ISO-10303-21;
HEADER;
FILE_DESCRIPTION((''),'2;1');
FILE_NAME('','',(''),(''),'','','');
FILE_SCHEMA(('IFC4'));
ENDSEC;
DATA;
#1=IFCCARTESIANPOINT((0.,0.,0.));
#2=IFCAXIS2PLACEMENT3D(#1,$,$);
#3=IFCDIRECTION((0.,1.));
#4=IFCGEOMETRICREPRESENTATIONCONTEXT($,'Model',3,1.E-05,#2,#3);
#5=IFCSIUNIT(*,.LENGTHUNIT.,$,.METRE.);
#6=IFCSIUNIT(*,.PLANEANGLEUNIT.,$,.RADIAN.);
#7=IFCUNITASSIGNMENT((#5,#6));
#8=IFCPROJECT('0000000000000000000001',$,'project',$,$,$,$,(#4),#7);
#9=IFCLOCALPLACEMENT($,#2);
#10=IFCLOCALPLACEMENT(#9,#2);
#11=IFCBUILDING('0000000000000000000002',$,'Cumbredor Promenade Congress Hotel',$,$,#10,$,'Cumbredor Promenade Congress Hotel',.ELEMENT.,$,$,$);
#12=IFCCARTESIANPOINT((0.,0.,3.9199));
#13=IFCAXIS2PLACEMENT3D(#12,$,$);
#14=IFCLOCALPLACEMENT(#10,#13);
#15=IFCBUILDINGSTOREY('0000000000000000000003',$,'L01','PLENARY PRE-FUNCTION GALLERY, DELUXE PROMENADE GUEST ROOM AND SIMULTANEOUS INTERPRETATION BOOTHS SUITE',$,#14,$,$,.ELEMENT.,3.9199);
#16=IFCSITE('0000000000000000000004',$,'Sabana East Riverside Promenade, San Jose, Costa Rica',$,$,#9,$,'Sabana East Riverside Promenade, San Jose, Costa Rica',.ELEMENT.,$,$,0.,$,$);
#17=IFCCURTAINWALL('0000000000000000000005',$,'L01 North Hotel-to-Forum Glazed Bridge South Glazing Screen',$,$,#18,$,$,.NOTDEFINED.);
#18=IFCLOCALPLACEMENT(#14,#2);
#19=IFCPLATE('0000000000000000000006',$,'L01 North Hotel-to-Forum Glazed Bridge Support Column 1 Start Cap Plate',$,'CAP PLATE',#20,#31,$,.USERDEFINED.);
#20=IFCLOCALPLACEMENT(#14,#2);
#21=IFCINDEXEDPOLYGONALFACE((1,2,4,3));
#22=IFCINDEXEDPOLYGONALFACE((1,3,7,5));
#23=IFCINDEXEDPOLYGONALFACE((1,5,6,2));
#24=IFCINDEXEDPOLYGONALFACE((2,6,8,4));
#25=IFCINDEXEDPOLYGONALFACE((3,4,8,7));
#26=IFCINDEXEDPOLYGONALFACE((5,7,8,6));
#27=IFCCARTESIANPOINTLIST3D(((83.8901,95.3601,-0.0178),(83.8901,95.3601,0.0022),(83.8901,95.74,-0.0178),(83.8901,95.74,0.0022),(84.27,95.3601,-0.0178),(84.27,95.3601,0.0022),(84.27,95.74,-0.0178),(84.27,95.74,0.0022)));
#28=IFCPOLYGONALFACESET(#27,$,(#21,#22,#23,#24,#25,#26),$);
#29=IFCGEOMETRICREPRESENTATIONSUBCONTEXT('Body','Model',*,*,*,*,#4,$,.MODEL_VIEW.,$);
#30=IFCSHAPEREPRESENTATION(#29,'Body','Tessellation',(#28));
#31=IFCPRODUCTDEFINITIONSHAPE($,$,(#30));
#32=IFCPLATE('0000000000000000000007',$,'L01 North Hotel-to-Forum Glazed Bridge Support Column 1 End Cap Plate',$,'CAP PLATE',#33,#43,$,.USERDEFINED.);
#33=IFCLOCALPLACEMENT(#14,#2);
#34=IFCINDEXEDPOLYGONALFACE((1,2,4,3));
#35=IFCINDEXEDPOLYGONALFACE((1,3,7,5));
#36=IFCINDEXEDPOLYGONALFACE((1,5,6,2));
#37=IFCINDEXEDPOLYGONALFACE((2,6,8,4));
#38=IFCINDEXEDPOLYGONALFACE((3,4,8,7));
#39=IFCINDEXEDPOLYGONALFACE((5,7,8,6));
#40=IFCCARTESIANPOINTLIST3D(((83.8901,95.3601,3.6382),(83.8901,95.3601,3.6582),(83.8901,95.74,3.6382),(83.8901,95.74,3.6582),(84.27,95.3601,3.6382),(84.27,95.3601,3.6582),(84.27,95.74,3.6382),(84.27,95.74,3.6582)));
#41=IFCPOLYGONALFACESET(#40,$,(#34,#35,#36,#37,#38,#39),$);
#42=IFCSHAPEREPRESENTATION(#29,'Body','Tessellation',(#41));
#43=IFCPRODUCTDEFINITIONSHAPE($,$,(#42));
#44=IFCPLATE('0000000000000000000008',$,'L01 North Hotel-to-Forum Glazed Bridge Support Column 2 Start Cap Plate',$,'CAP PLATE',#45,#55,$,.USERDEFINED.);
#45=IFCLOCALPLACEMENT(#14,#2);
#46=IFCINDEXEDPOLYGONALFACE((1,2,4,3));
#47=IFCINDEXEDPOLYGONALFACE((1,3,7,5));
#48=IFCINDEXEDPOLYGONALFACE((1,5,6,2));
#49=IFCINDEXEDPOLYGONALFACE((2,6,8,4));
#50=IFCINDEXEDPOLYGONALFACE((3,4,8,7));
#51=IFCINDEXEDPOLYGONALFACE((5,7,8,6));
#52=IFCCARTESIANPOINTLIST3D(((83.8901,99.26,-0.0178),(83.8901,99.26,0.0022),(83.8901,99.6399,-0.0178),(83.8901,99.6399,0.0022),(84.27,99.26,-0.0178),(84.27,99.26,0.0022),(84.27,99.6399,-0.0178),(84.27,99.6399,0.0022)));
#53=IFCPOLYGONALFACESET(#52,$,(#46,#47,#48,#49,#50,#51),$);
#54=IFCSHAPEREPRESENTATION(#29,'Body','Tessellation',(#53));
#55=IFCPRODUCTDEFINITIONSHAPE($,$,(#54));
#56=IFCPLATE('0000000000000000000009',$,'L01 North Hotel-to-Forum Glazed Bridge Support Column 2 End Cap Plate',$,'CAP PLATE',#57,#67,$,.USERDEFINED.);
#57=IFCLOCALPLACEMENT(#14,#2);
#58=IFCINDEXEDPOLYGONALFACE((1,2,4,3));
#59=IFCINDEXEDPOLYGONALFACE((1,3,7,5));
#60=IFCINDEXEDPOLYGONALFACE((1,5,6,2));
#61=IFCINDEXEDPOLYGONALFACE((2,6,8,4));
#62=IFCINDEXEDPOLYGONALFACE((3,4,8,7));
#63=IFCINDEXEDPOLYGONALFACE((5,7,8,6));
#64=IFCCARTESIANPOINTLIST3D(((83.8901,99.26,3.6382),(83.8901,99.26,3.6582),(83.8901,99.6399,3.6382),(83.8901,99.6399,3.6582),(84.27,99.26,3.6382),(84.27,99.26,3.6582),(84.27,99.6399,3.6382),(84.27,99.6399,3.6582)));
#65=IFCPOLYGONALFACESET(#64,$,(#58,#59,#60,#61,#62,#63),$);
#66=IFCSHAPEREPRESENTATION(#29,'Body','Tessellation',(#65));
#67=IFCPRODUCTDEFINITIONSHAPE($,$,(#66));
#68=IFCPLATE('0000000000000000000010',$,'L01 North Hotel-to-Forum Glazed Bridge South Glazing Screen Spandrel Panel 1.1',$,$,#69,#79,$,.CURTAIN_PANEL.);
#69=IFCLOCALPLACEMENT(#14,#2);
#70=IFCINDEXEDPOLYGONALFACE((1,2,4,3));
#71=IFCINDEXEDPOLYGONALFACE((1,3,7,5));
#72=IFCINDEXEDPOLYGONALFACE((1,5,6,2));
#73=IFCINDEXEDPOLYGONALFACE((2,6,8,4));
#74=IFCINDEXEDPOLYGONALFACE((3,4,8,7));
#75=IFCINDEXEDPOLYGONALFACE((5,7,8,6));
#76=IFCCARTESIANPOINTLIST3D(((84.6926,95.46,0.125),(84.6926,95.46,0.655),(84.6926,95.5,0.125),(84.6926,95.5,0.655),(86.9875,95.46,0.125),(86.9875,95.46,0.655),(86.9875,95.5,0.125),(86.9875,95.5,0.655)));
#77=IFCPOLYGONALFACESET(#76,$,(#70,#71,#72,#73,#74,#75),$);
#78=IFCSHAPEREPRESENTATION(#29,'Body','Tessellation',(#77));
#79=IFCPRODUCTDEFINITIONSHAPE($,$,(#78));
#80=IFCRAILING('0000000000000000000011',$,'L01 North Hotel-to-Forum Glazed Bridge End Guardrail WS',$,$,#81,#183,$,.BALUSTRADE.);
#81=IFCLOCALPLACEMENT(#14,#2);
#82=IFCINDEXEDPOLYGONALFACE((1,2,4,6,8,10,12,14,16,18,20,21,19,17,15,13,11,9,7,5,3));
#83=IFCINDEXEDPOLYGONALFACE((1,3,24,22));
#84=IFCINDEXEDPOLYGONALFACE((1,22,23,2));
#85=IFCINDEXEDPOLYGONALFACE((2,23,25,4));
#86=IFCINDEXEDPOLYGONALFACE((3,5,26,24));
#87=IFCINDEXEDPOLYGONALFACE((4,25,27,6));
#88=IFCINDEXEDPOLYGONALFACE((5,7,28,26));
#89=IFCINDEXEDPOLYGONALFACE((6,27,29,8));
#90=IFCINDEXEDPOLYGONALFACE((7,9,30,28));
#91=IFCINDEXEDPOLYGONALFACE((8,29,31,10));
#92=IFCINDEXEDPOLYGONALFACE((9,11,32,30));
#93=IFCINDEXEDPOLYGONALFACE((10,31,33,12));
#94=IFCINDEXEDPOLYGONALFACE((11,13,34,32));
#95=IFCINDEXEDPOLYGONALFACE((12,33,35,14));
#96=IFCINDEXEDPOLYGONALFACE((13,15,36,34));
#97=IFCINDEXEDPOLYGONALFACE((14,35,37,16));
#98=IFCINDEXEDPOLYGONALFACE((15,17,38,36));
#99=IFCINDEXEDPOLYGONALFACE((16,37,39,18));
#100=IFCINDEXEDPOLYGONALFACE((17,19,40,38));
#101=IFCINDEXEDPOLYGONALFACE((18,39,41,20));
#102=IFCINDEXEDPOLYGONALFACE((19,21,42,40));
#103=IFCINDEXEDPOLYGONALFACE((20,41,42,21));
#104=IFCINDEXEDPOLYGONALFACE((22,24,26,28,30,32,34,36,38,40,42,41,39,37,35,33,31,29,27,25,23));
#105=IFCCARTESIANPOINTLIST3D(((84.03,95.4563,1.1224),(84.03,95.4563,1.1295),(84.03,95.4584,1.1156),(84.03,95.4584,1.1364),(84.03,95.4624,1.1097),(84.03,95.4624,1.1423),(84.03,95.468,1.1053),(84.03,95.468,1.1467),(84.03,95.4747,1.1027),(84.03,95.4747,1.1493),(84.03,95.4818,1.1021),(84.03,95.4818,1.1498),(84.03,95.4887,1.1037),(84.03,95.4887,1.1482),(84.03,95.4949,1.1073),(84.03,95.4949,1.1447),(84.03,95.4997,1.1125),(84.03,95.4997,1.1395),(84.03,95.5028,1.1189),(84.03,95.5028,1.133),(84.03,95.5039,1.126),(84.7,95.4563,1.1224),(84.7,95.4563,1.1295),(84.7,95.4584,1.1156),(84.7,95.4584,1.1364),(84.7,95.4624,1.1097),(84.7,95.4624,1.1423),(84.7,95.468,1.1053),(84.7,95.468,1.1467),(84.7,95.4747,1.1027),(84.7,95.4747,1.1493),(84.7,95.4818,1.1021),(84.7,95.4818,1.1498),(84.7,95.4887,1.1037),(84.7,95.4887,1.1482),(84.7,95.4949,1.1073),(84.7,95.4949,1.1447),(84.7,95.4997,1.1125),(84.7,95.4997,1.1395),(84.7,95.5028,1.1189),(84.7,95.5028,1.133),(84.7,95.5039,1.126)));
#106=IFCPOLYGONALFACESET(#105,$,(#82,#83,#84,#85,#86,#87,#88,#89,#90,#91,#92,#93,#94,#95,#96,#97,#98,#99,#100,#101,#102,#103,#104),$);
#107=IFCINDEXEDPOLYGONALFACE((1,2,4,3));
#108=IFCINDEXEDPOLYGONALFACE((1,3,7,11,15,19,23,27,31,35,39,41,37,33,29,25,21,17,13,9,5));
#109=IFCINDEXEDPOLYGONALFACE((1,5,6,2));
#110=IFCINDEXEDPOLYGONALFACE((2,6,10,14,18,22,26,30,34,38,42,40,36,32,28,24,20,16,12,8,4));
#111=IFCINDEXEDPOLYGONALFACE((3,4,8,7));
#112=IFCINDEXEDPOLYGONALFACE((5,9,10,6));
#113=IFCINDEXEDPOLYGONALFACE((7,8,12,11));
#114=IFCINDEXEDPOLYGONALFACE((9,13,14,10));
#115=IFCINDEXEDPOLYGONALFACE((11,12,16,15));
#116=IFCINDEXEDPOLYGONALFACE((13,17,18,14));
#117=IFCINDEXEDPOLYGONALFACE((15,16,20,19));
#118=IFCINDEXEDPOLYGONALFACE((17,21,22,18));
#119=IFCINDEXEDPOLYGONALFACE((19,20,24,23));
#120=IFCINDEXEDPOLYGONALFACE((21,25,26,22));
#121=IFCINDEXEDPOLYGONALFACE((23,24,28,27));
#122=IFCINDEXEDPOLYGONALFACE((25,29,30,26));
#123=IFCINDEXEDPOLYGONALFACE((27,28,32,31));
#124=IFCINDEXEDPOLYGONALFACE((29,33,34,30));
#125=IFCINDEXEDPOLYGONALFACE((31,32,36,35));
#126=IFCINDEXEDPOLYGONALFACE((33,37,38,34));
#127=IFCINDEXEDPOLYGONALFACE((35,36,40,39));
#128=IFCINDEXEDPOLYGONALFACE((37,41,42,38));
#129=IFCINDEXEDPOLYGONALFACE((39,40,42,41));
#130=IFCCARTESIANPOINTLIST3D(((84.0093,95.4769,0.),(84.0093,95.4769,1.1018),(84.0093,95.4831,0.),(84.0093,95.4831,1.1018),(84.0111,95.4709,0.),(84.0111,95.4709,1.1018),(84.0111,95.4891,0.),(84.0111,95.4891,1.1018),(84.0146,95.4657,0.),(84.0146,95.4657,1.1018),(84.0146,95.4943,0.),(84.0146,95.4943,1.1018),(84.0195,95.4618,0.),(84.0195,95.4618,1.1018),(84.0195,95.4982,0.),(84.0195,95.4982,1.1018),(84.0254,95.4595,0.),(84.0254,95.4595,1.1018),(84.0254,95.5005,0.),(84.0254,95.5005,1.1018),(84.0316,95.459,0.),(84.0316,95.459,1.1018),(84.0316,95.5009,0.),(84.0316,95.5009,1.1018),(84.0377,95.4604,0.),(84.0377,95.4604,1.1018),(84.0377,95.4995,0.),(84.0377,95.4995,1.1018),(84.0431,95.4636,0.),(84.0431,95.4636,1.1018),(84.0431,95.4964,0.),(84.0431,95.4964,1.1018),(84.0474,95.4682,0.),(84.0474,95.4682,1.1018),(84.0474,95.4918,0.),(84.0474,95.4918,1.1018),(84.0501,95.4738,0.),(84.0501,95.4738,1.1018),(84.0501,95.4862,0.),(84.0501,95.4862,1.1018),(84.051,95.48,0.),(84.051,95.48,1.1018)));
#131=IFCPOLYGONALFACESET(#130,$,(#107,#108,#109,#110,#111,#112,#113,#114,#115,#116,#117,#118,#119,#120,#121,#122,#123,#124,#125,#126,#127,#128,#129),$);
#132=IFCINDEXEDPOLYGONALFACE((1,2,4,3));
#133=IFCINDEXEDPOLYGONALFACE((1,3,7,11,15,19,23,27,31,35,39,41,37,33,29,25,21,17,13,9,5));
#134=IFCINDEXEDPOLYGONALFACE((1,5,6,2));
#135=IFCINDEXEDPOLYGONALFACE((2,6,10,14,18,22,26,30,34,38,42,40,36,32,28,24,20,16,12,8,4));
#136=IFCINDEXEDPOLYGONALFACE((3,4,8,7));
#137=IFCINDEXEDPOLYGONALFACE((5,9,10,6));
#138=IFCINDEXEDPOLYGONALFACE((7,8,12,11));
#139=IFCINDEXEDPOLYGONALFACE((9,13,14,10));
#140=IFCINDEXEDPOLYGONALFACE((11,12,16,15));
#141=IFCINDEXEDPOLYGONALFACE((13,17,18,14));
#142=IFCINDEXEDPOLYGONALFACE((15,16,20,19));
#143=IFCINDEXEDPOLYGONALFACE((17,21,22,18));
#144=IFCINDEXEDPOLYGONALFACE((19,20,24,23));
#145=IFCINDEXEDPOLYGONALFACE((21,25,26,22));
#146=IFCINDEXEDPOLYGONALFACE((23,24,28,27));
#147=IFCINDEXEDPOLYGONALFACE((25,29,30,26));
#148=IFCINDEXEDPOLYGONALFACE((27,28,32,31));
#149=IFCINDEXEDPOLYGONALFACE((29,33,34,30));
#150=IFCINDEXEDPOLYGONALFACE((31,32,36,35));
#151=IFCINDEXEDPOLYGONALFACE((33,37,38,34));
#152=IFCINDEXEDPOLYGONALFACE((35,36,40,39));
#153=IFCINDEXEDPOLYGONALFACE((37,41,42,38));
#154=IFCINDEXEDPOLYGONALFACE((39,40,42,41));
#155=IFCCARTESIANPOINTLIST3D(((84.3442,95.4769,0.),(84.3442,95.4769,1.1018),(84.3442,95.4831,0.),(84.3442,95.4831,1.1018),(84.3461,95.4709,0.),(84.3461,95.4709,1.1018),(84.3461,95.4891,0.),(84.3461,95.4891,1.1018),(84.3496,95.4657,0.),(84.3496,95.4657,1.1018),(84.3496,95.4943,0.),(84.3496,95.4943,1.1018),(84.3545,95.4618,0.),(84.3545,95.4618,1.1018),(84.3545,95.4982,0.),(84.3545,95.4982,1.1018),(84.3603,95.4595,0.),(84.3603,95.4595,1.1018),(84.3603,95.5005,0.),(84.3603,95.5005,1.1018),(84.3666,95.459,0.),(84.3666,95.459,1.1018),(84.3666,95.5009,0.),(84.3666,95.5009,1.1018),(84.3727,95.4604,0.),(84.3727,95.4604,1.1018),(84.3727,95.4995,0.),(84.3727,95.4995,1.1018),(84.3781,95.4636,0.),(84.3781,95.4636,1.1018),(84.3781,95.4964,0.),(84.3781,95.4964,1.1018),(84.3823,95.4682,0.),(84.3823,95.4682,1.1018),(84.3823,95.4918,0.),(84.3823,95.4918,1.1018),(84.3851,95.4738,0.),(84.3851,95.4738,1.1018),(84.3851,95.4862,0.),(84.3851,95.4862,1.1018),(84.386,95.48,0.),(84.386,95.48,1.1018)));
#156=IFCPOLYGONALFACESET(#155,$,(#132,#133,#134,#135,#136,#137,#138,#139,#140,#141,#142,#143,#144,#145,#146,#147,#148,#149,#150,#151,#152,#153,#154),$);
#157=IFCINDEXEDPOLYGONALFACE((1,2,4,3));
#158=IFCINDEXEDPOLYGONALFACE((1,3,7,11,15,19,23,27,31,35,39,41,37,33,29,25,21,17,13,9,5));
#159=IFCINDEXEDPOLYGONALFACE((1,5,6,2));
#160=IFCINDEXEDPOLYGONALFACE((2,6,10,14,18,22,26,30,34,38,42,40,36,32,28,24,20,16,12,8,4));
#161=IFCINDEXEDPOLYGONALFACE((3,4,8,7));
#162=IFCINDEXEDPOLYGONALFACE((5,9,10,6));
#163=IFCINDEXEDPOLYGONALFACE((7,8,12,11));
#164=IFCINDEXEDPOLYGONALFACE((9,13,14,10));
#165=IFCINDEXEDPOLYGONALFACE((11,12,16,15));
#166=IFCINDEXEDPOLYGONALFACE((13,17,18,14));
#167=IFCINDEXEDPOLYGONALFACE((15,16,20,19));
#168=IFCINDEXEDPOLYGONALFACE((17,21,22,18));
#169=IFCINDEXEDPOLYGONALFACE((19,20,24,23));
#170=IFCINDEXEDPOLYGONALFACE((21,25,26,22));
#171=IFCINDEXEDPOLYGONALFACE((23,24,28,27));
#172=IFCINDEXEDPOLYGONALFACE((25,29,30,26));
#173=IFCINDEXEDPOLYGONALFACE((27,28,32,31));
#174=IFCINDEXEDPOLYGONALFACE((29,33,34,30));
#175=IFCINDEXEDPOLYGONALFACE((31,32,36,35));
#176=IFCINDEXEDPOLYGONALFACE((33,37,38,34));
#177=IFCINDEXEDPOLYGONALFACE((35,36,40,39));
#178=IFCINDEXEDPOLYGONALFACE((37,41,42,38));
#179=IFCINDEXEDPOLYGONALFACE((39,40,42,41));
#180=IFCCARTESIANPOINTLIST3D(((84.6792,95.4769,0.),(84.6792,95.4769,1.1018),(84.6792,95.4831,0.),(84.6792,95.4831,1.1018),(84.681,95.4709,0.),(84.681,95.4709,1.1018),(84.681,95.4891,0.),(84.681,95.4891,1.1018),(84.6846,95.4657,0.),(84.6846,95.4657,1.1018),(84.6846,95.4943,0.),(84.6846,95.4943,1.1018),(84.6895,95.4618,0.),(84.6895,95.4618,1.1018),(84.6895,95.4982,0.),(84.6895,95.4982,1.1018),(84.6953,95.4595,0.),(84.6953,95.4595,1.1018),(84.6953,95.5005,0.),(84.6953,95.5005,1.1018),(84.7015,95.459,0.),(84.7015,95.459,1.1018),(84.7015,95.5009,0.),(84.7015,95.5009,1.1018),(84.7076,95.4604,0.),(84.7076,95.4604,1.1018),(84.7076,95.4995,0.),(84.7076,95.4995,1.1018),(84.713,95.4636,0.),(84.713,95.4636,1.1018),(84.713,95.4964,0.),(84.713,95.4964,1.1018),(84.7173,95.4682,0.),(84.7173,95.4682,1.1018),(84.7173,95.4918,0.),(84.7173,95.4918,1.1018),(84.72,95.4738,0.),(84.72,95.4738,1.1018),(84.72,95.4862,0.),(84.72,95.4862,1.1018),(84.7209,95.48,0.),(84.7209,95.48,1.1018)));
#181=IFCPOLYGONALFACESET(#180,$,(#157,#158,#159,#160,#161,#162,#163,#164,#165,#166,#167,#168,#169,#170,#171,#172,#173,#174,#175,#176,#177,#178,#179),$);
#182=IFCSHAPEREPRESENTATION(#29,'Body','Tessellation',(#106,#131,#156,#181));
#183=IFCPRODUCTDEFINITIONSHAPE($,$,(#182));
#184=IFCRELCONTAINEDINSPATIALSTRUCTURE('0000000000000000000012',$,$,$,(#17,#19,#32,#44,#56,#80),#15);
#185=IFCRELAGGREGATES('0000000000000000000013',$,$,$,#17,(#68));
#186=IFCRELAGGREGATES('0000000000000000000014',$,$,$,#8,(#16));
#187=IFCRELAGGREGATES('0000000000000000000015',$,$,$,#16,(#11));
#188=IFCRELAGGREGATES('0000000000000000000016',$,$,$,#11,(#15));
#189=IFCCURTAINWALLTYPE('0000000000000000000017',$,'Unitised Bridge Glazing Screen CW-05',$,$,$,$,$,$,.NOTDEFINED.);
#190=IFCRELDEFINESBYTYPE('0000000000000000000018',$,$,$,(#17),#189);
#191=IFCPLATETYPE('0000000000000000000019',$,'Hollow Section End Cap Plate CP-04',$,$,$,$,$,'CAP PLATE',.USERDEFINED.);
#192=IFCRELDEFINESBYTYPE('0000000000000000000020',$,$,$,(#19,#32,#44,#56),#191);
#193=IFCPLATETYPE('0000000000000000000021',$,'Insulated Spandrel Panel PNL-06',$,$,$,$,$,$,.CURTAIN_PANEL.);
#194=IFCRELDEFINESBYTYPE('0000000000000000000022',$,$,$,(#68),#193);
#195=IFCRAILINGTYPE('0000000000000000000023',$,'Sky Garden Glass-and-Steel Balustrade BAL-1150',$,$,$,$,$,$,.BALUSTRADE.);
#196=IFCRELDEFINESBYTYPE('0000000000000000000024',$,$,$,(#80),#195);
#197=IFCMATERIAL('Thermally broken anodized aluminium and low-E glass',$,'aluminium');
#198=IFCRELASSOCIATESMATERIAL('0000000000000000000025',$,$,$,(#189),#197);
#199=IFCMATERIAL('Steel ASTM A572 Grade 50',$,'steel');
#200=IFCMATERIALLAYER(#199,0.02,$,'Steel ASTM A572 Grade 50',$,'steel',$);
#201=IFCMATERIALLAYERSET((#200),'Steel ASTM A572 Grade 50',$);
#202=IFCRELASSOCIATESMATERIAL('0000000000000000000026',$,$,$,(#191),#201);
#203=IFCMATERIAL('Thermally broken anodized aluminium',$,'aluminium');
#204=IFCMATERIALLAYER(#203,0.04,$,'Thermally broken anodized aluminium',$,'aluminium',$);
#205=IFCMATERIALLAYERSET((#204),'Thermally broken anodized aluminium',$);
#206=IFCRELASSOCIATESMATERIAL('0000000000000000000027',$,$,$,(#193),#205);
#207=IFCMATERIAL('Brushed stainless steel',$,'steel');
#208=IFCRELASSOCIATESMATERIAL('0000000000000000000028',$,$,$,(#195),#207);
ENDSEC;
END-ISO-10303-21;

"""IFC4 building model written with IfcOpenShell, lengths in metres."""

from ifc_helpers import new_model, si_unit, direction, frame, origin, origin_2d, place, context, subcontext, project, spatial, rectangle, circle, extrude, material, layer, layer_set, type_object, element, aggregate, save


model = new_model("IFC4")

# Units and contexts
model_context = context("Model", 3, precision=1e-05, world=origin(), true_north=direction((0.0, 1.0)))
body_context = subcontext(model_context, "Body", "Model", "MODEL_VIEW")
ifc_project = project(units=[si_unit("LENGTHUNIT", "METRE"), si_unit("PLANEANGLEUNIT", "RADIAN")], contexts=[model_context])

# Site, building, storey
site_placement = place(None, origin())
site = spatial("IfcSite", under=ifc_project, at=site_placement, Name="Sabana East Riverside Promenade, San Jose, Costa Rica", LongName="Sabana East Riverside Promenade, San Jose, Costa Rica", CompositionType="ELEMENT", RefElevation=0.0)
building_placement = place(site_placement, origin())
building = spatial("IfcBuilding", under=site, at=building_placement, Name="Cumbredor Promenade Congress Hotel", LongName="Cumbredor Promenade Congress Hotel", CompositionType="ELEMENT")
storey_placement = place(building_placement, frame((0.0, 0.0, 3.9199)))
storey = spatial("IfcBuildingStorey", under=building, at=storey_placement, Name="L01", Description="PLENARY PRE-FUNCTION GALLERY, DELUXE PROMENADE GUEST ROOM AND SIMULTANEOUS INTERPRETATION BOOTHS SUITE", CompositionType="ELEMENT", Elevation=3.9199)

# Curtain wall
ifc_material_1 = material(Name="Thermally broken anodized aluminium and low-E glass", Category="aluminium")
curtain_wall_type = type_object("IfcCurtainWallType", Name="Unitised Bridge Glazing Screen CW-05", PredefinedType="NOTDEFINED", material=ifc_material_1)
curtain_wall_1_placement = place(storey_placement, origin())
curtain_wall_1 = element("IfcCurtainWall", 1, at=curtain_wall_1_placement, inside=storey, type_object=curtain_wall_type, Name="L01 North Hotel-to-Forum Glazed Bridge South Glazing Screen", PredefinedType="NOTDEFINED")
ifc_material_2 = material(Name="Thermally broken anodized aluminium", Category="aluminium")

# Plates
ifc_material_3 = material(Name="Steel ASTM A572 Grade 50", Category="steel")
ifc_layer_1 = layer(ifc_material_3, 0.02, Name="Steel ASTM A572 Grade 50", Category="steel")
ifc_layer_set_1 = layer_set([ifc_layer_1], Name="Steel ASTM A572 Grade 50")
plate_type_1 = type_object("IfcPlateType", Name="Hollow Section End Cap Plate CP-04", ElementType="CAP PLATE", PredefinedType="USERDEFINED", material=ifc_layer_set_1)
for number, where, z_axis, x_axis, name in (
    (2, (84.0801, 95.55, -0.0178), (0.0, 0.0, 1.0), (1.0, 0.0, 0.0), "L01 North Hotel-to-Forum Glazed Bridge Support Column 1 Start Cap Plate"),
    (3, (84.0801, 95.55, 3.6382), (0.0, 0.0, 1.0), (1.0, 0.0, 0.0), "L01 North Hotel-to-Forum Glazed Bridge Support Column 1 End Cap Plate"),
    (4, (84.0801, 99.45, -0.0178), (0.0, 0.0, 1.0), (1.0, 0.0, 0.0), "L01 North Hotel-to-Forum Glazed Bridge Support Column 2 Start Cap Plate"),
    (5, (84.0801, 99.45, 3.6382), (0.0, 0.0, 1.0), (1.0, 0.0, 0.0), "L01 North Hotel-to-Forum Glazed Bridge Support Column 2 End Cap Plate"),
):
    element("IfcPlate", number, at=place(storey_placement, frame(where, z_axis=z_axis, x_axis=x_axis)), inside=storey, type_object=plate_type_1, Name=name, ObjectType="CAP PLATE", PredefinedType="USERDEFINED", context=body_context, shape_type="SweptSolid", body=[
        extrude(rectangle(XDim=0.3799, YDim=0.3799, at=origin_2d()), origin(), (0.0, 0.0, 1.0), 0.02),
    ])

# Plate
ifc_layer_2 = layer(ifc_material_2, 0.04, Name="Thermally broken anodized aluminium", Category="aluminium")
ifc_layer_set_2 = layer_set([ifc_layer_2], Name="Thermally broken anodized aluminium")
plate_type_2 = type_object("IfcPlateType", Name="Insulated Spandrel Panel PNL-06", PredefinedType="CURTAIN_PANEL", material=ifc_layer_set_2)
plate_1_placement = place(storey_placement, frame((85.8401, 95.48, 0.125), z_axis=(0.0, 0.0, 1.0), x_axis=(1.0, 0.0, 0.0)))
plate_1 = element("IfcPlate", 6, at=plate_1_placement, type_object=plate_type_2, Name="L01 North Hotel-to-Forum Glazed Bridge South Glazing Screen Spandrel Panel 1.1", PredefinedType="CURTAIN_PANEL", context=body_context, shape_type="SweptSolid", body=[
    extrude(rectangle(XDim=2.2949, YDim=0.04, at=origin_2d()), origin(), (0.0, 0.0, 1.0), 0.53),
])
aggregate(curtain_wall_1, [plate_1])

# Railing
ifc_material_4 = material(Name="Brushed stainless steel", Category="steel")
railing_type = type_object("IfcRailingType", Name="Sky Garden Glass-and-Steel Balustrade BAL-1150", PredefinedType="BALUSTRADE", material=ifc_material_4)
for number, where, name in (
    (7, (84.03, 95.48, 0.0), "L01 North Hotel-to-Forum Glazed Bridge End Guardrail WS"),
):
    element("IfcRailing", number, at=place(storey_placement, frame(where)), inside=storey, type_object=railing_type, Name=name, PredefinedType="BALUSTRADE", context=body_context, shape_type="SweptSolid", body=[
        extrude(circle(Radius=0.0239, at=origin_2d()), frame((0.0, 0.0, 1.126), z_axis=(1.0, 0.0, 0.0), x_axis=(0.0, 1.0, 0.0)), (0.0, 0.0, 1.0), 0.6699),
        extrude(circle(Radius=0.021, at=origin_2d()), origin(), (0.0, 0.0, 1.0), 1.1018),
        extrude(circle(Radius=0.021, at=origin_2d()), frame((0.335, 0.0, 0.0)), (0.0, 0.0, 1.0), 1.1018),
        extrude(circle(Radius=0.021, at=origin_2d()), frame((0.6699, 0.0, 0.0)), (0.0, 0.0, 1.0), 1.1018),
    ])

save(model, "model.ifc")
